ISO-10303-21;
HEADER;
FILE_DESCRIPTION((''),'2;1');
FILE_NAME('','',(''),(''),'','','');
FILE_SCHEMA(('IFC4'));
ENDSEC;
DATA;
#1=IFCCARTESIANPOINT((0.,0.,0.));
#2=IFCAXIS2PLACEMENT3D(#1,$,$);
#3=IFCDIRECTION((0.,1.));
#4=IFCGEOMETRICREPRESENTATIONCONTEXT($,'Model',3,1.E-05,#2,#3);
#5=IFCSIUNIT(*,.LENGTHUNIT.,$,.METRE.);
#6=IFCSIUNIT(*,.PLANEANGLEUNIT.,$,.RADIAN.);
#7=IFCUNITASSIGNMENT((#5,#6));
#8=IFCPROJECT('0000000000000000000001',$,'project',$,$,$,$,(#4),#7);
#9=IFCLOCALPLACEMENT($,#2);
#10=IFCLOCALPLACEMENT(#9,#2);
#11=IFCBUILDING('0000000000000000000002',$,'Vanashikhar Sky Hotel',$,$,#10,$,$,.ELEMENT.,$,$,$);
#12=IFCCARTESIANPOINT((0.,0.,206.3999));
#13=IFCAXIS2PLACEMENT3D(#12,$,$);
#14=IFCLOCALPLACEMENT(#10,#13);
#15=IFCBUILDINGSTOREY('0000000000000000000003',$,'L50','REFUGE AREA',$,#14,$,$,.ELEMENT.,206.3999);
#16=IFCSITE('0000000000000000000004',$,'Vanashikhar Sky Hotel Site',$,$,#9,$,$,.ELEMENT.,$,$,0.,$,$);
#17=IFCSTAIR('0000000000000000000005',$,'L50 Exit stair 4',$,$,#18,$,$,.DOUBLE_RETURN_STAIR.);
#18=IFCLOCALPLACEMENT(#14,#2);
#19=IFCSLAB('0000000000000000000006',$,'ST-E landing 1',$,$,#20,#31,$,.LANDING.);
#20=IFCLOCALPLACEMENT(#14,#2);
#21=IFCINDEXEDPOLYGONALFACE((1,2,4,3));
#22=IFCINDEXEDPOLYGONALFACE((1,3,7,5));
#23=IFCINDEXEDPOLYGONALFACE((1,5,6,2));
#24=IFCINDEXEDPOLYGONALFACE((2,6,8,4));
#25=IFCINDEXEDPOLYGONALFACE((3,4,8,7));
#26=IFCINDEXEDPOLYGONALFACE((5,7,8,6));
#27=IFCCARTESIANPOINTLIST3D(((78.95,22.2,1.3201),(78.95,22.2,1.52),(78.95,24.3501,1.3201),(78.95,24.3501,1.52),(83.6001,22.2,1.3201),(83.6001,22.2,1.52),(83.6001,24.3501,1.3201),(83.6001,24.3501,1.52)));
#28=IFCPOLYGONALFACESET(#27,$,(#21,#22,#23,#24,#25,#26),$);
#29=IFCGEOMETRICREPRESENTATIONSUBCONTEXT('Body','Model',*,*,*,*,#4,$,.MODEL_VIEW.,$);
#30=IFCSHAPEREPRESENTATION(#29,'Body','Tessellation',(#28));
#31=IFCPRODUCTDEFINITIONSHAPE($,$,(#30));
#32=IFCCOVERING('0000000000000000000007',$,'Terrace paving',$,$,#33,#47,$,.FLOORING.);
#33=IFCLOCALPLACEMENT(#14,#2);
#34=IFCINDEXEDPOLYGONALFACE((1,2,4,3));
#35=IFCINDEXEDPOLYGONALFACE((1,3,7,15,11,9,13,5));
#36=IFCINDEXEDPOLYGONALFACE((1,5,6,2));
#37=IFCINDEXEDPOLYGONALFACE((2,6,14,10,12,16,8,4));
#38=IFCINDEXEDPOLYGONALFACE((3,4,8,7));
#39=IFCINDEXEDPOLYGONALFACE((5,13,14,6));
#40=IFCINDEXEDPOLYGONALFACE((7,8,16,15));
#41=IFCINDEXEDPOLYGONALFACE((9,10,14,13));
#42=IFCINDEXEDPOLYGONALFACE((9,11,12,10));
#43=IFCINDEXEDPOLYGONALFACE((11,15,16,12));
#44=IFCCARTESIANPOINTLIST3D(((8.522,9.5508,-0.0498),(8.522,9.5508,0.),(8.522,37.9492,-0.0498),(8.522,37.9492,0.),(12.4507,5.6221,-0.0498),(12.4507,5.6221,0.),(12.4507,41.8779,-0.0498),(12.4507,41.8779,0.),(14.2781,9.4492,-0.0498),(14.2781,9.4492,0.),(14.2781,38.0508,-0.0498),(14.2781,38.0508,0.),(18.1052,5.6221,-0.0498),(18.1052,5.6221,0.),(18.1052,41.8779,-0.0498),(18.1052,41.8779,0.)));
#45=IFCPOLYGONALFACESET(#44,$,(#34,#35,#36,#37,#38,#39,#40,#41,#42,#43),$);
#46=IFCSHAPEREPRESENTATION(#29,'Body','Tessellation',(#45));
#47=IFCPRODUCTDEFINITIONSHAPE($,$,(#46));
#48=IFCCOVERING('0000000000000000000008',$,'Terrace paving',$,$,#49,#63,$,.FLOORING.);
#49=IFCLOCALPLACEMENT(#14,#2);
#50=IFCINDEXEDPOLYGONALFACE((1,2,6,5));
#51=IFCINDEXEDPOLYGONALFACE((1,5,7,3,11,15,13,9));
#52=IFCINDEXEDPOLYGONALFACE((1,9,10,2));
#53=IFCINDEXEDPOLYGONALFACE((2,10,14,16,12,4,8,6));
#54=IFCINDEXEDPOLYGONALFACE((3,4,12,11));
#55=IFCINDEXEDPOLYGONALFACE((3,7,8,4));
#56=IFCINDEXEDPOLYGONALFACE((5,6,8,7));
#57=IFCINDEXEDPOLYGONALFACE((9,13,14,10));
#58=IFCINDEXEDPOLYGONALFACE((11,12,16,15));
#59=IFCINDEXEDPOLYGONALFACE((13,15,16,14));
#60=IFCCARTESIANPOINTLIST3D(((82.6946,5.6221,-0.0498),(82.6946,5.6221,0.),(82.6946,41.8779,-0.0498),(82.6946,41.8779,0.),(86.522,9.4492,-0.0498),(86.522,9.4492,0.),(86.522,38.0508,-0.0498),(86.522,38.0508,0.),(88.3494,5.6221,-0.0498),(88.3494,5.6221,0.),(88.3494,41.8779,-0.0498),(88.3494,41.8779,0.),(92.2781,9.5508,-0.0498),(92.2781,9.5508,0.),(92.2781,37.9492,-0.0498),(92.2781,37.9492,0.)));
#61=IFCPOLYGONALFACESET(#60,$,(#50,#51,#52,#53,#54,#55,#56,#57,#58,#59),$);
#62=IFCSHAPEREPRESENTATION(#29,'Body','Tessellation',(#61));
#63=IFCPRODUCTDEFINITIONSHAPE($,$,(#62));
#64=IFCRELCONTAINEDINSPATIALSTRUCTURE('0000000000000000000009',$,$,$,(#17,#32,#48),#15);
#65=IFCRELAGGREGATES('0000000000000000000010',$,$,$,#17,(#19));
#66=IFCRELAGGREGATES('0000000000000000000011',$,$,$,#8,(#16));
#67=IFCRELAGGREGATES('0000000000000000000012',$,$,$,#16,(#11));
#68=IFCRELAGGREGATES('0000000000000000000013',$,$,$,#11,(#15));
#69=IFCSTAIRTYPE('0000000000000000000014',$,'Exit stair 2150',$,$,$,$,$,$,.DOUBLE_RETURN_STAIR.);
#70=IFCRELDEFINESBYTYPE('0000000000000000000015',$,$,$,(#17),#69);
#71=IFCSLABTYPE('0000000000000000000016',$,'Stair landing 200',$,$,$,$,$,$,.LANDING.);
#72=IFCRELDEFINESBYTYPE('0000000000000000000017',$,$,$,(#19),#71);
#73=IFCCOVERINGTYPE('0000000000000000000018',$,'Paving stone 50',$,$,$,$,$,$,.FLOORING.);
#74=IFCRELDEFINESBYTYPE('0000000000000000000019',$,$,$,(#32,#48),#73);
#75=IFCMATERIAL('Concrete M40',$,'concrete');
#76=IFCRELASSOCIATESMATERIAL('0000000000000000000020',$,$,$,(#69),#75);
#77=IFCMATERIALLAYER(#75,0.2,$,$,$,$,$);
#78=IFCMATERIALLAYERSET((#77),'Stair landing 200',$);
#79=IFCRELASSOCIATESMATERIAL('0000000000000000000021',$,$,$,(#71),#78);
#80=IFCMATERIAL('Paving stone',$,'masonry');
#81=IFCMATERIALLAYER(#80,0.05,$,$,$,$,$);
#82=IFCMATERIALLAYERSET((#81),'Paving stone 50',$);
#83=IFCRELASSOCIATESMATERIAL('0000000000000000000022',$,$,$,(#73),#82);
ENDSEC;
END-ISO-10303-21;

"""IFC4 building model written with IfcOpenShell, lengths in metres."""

from ifc_helpers import new_model, si_unit, direction, frame, origin, place, context, subcontext, project, spatial, polyline, outline, extrude, source, transform, mapped, material, layer, layer_set, type_object, element, aggregate, save


model = new_model("IFC4")

# Units and contexts
model_context = context("Model", 3, precision=1e-05, world=origin(), true_north=direction((0.0, 1.0)))
body_context = subcontext(model_context, "Body", "Model", "MODEL_VIEW")
ifc_project = project(units=[si_unit("LENGTHUNIT", "METRE"), si_unit("PLANEANGLEUNIT", "RADIAN")], contexts=[model_context])

# Site, building, storey
site_placement = place(None, origin())
site = spatial("IfcSite", under=ifc_project, at=site_placement, Name="Vanashikhar Sky Hotel Site", CompositionType="ELEMENT", RefElevation=0.0)
building_placement = place(site_placement, origin())
building = spatial("IfcBuilding", under=site, at=building_placement, Name="Vanashikhar Sky Hotel", CompositionType="ELEMENT")
storey_placement = place(building_placement, frame((0.0, 0.0, 206.3999)))
storey = spatial("IfcBuildingStorey", under=building, at=storey_placement, Name="L50", Description="REFUGE AREA", CompositionType="ELEMENT", Elevation=206.3999)

# Shared definitions
ifc_material_1 = material(Name="Concrete M40", Category="concrete")

# Shared definitions
stair_type = type_object("IfcStairType", Name="Exit stair 2150", PredefinedType="DOUBLE_RETURN_STAIR", material=ifc_material_1)
ifc_layer_1 = layer(ifc_material_1, 0.2)
ifc_layer_set_1 = layer_set([ifc_layer_1], Name="Stair landing 200")
slab_type_1 = type_object("IfcSlabType", Name="Stair landing 200", PredefinedType="LANDING", material=ifc_layer_set_1)

# Stair, slab
stair_1_placement = place(storey_placement, origin())
stair_1 = element("IfcStair", 1, at=stair_1_placement, inside=storey, type_object=stair_type, Name="L50 Exit stair 4", PredefinedType="DOUBLE_RETURN_STAIR")
shared_shape_1 = source(origin(), body_context, "Body", "SweptSolid", [
    extrude(outline(polyline([(83.6001, 22.2), (83.6001, 24.3501), (78.95, 24.3501), (78.95, 22.2), (83.6001, 22.2)])), origin(), (0.0, 0.0, 1.0), 0.2),
])
slab_1_placement = place(storey_placement, frame((0.0, 0.0, 1.3201)))
slab_1 = element("IfcSlab", 2, at=slab_1_placement, type_object=slab_type_1, Name="ST-E landing 1", PredefinedType="LANDING", context=body_context, shape_type="MappedRepresentation", body=[
    mapped(shared_shape_1, transform((0.0, 0.0, 0.0), scale=1.0)),
])
aggregate(stair_1, [slab_1])

# Coverings
ifc_material_2 = material(Name="Paving stone", Category="masonry")
ifc_layer_2 = layer(ifc_material_2, 0.05)
ifc_layer_set_2 = layer_set([ifc_layer_2], Name="Paving stone 50")
covering_type = type_object("IfcCoveringType", Name="Paving stone 50", PredefinedType="FLOORING", material=ifc_layer_set_2)
shared_shape_2 = source(origin(), body_context, "Body", "SweptSolid", [
    extrude(outline(polyline([(18.1052, 5.6221), (12.4507, 5.6221), (8.522, 9.5508), (8.522, 37.9492), (12.4507, 41.8779), (18.1052, 41.8779), (14.2781, 38.0508), (14.2781, 9.4492), (18.1052, 5.6221)])), origin(), (0.0, 0.0, 1.0), 0.0498),
])
covering_1_placement = place(storey_placement, frame((0.0, 0.0, -0.0498)))
element("IfcCovering", 3, at=covering_1_placement, inside=storey, type_object=covering_type, Name="Terrace paving", PredefinedType="FLOORING", context=body_context, shape_type="MappedRepresentation", body=[
    mapped(shared_shape_2, transform((0.0, 0.0, 0.0), scale=1.0)),
])
shared_shape_3 = source(origin(), body_context, "Body", "SweptSolid", [
    extrude(outline(polyline([(82.6946, 41.8779), (88.3494, 41.8779), (92.2781, 37.9492), (92.2781, 9.5508), (88.3494, 5.6221), (82.6946, 5.6221), (86.522, 9.4492), (86.522, 38.0508), (82.6946, 41.8779)])), origin(), (0.0, 0.0, 1.0), 0.0498),
])
covering_2_placement = place(storey_placement, frame((0.0, 0.0, -0.0498)))
element("IfcCovering", 4, at=covering_2_placement, inside=storey, type_object=covering_type, Name="Terrace paving", PredefinedType="FLOORING", context=body_context, shape_type="MappedRepresentation", body=[
    mapped(shared_shape_3, transform((0.0, 0.0, 0.0), scale=1.0)),
])

save(model, "model.ifc")
